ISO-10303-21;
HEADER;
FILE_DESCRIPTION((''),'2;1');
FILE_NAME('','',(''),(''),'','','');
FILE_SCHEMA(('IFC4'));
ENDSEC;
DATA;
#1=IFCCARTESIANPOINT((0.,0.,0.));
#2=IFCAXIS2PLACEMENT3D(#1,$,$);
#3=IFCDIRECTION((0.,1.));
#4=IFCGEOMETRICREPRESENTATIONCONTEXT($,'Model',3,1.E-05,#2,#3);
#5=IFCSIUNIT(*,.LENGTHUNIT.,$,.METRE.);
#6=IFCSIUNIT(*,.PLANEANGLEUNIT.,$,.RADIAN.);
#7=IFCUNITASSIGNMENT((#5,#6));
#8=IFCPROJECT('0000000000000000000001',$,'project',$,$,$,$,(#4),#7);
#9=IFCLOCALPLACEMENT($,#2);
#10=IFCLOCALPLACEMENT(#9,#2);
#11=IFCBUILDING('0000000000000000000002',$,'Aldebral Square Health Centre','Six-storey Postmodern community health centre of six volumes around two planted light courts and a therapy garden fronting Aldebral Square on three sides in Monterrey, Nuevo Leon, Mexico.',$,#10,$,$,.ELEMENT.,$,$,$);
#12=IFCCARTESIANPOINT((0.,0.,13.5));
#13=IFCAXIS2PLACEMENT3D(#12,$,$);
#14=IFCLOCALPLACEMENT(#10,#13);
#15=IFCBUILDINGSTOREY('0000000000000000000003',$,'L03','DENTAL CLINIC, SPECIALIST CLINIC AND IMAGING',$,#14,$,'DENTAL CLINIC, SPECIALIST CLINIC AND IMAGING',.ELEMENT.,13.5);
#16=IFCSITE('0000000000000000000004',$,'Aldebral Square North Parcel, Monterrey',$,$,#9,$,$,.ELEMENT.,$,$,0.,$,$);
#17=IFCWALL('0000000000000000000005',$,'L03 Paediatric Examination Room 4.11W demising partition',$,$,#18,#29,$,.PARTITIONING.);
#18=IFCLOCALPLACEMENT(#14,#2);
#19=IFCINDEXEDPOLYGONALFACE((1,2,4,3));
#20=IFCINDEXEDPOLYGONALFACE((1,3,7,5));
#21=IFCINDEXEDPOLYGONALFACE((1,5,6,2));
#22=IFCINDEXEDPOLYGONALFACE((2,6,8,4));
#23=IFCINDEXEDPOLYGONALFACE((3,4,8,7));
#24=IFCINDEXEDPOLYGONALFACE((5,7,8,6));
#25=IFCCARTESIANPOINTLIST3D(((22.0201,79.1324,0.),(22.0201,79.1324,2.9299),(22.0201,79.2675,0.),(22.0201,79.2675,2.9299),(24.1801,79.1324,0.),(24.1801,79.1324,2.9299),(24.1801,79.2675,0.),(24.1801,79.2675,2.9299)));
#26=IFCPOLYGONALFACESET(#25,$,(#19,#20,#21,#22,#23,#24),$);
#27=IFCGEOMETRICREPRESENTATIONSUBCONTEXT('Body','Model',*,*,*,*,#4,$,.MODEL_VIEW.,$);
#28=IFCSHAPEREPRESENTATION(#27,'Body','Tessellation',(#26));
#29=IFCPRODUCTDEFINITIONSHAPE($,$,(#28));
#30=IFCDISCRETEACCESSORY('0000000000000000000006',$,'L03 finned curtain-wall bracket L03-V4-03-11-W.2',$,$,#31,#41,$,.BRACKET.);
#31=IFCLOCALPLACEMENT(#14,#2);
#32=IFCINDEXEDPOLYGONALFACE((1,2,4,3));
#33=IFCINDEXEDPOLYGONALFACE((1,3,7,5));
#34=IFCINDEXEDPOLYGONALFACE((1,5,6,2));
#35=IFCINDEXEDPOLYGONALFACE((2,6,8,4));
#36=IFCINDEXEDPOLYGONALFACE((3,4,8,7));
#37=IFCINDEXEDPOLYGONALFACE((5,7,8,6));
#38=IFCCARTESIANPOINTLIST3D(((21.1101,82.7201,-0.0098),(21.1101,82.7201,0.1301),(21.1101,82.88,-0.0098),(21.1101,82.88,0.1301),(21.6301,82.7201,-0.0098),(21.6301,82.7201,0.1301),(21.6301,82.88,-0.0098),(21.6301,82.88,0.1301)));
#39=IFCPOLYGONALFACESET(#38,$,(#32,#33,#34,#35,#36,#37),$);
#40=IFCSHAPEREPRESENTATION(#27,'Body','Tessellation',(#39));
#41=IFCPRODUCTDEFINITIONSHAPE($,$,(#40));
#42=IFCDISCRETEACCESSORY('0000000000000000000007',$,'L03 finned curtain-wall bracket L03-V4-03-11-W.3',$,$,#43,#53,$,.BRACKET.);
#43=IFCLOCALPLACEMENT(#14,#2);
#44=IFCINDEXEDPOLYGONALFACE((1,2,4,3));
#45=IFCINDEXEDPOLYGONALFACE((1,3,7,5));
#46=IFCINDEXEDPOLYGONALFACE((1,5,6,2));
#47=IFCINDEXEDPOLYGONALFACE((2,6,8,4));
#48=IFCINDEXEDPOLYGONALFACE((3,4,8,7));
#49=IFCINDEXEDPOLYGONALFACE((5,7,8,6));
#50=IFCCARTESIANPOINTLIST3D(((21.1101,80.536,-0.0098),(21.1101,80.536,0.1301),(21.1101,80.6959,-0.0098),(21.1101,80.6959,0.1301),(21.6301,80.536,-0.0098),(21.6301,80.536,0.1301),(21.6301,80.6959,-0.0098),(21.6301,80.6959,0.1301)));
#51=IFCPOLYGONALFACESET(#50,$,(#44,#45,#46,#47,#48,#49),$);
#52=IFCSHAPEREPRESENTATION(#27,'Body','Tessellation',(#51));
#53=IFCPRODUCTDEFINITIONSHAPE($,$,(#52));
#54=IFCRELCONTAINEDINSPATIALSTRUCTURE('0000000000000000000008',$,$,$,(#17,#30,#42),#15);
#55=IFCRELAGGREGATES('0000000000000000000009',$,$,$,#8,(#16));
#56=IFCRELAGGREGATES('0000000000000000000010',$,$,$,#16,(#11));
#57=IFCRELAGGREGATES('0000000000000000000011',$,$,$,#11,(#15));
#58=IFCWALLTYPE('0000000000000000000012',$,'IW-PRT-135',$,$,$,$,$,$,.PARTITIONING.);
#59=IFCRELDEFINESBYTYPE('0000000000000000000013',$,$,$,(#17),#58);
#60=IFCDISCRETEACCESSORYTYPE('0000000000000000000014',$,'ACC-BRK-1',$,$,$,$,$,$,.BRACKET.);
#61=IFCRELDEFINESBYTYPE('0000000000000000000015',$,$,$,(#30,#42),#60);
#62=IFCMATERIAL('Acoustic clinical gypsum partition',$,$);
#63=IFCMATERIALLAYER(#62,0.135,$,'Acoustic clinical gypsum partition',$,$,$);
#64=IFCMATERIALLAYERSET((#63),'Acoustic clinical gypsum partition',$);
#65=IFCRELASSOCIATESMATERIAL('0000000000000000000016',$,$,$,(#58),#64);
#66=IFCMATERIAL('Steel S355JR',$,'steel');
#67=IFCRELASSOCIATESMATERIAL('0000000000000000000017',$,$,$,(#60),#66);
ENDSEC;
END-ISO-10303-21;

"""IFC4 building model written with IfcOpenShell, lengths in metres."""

from ifc_helpers import new_model, si_unit, direction, frame, frame_2d, origin, origin_2d, place, context, subcontext, project, spatial, rectangle, extrude, material, layer, layer_set, type_object, element, save


model = new_model("IFC4")

# Units and contexts
model_context = context("Model", 3, precision=1e-05, world=origin(), true_north=direction((0.0, 1.0)))
body_context = subcontext(model_context, "Body", "Model", "MODEL_VIEW")
ifc_project = project(units=[si_unit("LENGTHUNIT", "METRE"), si_unit("PLANEANGLEUNIT", "RADIAN")], contexts=[model_context])

# Site, building, storey
site_placement = place(None, origin())
site = spatial("IfcSite", under=ifc_project, at=site_placement, Name="Aldebral Square North Parcel, Monterrey", CompositionType="ELEMENT", RefElevation=0.0)
building_placement = place(site_placement, origin())
building = spatial("IfcBuilding", under=site, at=building_placement, Name="Aldebral Square Health Centre", Description="Six-storey Postmodern community health centre of six volumes around two planted light courts and a therapy garden fronting Aldebral Square on three sides in Monterrey, Nuevo Leon, Mexico.", CompositionType="ELEMENT")
storey_placement = place(building_placement, frame((0.0, 0.0, 13.5)))
storey = spatial("IfcBuildingStorey", under=building, at=storey_placement, Name="L03", Description="DENTAL CLINIC, SPECIALIST CLINIC AND IMAGING", LongName="DENTAL CLINIC, SPECIALIST CLINIC AND IMAGING", CompositionType="ELEMENT", Elevation=13.5)

# Wall
ifc_material_1 = material(Name="Acoustic clinical gypsum partition")
ifc_layer_1 = layer(ifc_material_1, 0.135, Name="Acoustic clinical gypsum partition")
ifc_layer_set_1 = layer_set([ifc_layer_1], Name="Acoustic clinical gypsum partition")
wall_type = type_object("IfcWallType", Name="IW-PRT-135", PredefinedType="PARTITIONING", material=ifc_layer_set_1)
wall_placement = place(storey_placement, frame((22.02, 79.2, 0.0), z_axis=(0.0, 0.0, 1.0), x_axis=(1.0, 0.0, 0.0)))
element("IfcWall", 1, at=wall_placement, inside=storey, type_object=wall_type, Name="L03 Paediatric Examination Room 4.11W demising partition", PredefinedType="PARTITIONING", context=body_context, shape_type="SweptSolid", body=[
    extrude(rectangle(XDim=2.1599, YDim=0.135, at=frame_2d((1.0801, 0.0))), origin(), (0.0, 0.0, 1.0), 2.9299),
])

# Discrete accessories
ifc_material_2 = material(Name="Steel S355JR", Category="steel")
discrete_accessory_type = type_object("IfcDiscreteAccessoryType", Name="ACC-BRK-1", PredefinedType="BRACKET", material=ifc_material_2)
for number, where, z_axis, x_axis, name in (
    (2, (21.3701, 82.8, -0.0098), (0.0, 0.0, 1.0), (0.0, 1.0, 0.0), "L03 finned curtain-wall bracket L03-V4-03-11-W.2"),
    (3, (21.3701, 80.616, -0.0098), (0.0, 0.0, 1.0), (0.0, 1.0, 0.0), "L03 finned curtain-wall bracket L03-V4-03-11-W.3"),
):
    element("IfcDiscreteAccessory", number, at=place(storey_placement, frame(where, z_axis=z_axis, x_axis=x_axis)), inside=storey, type_object=discrete_accessory_type, Name=name, PredefinedType="BRACKET", context=body_context, shape_type="SweptSolid", body=[
        extrude(rectangle(XDim=0.1599, YDim=0.52, at=origin_2d()), origin(), (0.0, 0.0, 1.0), 0.1399),
    ])

save(model, "model.ifc")
